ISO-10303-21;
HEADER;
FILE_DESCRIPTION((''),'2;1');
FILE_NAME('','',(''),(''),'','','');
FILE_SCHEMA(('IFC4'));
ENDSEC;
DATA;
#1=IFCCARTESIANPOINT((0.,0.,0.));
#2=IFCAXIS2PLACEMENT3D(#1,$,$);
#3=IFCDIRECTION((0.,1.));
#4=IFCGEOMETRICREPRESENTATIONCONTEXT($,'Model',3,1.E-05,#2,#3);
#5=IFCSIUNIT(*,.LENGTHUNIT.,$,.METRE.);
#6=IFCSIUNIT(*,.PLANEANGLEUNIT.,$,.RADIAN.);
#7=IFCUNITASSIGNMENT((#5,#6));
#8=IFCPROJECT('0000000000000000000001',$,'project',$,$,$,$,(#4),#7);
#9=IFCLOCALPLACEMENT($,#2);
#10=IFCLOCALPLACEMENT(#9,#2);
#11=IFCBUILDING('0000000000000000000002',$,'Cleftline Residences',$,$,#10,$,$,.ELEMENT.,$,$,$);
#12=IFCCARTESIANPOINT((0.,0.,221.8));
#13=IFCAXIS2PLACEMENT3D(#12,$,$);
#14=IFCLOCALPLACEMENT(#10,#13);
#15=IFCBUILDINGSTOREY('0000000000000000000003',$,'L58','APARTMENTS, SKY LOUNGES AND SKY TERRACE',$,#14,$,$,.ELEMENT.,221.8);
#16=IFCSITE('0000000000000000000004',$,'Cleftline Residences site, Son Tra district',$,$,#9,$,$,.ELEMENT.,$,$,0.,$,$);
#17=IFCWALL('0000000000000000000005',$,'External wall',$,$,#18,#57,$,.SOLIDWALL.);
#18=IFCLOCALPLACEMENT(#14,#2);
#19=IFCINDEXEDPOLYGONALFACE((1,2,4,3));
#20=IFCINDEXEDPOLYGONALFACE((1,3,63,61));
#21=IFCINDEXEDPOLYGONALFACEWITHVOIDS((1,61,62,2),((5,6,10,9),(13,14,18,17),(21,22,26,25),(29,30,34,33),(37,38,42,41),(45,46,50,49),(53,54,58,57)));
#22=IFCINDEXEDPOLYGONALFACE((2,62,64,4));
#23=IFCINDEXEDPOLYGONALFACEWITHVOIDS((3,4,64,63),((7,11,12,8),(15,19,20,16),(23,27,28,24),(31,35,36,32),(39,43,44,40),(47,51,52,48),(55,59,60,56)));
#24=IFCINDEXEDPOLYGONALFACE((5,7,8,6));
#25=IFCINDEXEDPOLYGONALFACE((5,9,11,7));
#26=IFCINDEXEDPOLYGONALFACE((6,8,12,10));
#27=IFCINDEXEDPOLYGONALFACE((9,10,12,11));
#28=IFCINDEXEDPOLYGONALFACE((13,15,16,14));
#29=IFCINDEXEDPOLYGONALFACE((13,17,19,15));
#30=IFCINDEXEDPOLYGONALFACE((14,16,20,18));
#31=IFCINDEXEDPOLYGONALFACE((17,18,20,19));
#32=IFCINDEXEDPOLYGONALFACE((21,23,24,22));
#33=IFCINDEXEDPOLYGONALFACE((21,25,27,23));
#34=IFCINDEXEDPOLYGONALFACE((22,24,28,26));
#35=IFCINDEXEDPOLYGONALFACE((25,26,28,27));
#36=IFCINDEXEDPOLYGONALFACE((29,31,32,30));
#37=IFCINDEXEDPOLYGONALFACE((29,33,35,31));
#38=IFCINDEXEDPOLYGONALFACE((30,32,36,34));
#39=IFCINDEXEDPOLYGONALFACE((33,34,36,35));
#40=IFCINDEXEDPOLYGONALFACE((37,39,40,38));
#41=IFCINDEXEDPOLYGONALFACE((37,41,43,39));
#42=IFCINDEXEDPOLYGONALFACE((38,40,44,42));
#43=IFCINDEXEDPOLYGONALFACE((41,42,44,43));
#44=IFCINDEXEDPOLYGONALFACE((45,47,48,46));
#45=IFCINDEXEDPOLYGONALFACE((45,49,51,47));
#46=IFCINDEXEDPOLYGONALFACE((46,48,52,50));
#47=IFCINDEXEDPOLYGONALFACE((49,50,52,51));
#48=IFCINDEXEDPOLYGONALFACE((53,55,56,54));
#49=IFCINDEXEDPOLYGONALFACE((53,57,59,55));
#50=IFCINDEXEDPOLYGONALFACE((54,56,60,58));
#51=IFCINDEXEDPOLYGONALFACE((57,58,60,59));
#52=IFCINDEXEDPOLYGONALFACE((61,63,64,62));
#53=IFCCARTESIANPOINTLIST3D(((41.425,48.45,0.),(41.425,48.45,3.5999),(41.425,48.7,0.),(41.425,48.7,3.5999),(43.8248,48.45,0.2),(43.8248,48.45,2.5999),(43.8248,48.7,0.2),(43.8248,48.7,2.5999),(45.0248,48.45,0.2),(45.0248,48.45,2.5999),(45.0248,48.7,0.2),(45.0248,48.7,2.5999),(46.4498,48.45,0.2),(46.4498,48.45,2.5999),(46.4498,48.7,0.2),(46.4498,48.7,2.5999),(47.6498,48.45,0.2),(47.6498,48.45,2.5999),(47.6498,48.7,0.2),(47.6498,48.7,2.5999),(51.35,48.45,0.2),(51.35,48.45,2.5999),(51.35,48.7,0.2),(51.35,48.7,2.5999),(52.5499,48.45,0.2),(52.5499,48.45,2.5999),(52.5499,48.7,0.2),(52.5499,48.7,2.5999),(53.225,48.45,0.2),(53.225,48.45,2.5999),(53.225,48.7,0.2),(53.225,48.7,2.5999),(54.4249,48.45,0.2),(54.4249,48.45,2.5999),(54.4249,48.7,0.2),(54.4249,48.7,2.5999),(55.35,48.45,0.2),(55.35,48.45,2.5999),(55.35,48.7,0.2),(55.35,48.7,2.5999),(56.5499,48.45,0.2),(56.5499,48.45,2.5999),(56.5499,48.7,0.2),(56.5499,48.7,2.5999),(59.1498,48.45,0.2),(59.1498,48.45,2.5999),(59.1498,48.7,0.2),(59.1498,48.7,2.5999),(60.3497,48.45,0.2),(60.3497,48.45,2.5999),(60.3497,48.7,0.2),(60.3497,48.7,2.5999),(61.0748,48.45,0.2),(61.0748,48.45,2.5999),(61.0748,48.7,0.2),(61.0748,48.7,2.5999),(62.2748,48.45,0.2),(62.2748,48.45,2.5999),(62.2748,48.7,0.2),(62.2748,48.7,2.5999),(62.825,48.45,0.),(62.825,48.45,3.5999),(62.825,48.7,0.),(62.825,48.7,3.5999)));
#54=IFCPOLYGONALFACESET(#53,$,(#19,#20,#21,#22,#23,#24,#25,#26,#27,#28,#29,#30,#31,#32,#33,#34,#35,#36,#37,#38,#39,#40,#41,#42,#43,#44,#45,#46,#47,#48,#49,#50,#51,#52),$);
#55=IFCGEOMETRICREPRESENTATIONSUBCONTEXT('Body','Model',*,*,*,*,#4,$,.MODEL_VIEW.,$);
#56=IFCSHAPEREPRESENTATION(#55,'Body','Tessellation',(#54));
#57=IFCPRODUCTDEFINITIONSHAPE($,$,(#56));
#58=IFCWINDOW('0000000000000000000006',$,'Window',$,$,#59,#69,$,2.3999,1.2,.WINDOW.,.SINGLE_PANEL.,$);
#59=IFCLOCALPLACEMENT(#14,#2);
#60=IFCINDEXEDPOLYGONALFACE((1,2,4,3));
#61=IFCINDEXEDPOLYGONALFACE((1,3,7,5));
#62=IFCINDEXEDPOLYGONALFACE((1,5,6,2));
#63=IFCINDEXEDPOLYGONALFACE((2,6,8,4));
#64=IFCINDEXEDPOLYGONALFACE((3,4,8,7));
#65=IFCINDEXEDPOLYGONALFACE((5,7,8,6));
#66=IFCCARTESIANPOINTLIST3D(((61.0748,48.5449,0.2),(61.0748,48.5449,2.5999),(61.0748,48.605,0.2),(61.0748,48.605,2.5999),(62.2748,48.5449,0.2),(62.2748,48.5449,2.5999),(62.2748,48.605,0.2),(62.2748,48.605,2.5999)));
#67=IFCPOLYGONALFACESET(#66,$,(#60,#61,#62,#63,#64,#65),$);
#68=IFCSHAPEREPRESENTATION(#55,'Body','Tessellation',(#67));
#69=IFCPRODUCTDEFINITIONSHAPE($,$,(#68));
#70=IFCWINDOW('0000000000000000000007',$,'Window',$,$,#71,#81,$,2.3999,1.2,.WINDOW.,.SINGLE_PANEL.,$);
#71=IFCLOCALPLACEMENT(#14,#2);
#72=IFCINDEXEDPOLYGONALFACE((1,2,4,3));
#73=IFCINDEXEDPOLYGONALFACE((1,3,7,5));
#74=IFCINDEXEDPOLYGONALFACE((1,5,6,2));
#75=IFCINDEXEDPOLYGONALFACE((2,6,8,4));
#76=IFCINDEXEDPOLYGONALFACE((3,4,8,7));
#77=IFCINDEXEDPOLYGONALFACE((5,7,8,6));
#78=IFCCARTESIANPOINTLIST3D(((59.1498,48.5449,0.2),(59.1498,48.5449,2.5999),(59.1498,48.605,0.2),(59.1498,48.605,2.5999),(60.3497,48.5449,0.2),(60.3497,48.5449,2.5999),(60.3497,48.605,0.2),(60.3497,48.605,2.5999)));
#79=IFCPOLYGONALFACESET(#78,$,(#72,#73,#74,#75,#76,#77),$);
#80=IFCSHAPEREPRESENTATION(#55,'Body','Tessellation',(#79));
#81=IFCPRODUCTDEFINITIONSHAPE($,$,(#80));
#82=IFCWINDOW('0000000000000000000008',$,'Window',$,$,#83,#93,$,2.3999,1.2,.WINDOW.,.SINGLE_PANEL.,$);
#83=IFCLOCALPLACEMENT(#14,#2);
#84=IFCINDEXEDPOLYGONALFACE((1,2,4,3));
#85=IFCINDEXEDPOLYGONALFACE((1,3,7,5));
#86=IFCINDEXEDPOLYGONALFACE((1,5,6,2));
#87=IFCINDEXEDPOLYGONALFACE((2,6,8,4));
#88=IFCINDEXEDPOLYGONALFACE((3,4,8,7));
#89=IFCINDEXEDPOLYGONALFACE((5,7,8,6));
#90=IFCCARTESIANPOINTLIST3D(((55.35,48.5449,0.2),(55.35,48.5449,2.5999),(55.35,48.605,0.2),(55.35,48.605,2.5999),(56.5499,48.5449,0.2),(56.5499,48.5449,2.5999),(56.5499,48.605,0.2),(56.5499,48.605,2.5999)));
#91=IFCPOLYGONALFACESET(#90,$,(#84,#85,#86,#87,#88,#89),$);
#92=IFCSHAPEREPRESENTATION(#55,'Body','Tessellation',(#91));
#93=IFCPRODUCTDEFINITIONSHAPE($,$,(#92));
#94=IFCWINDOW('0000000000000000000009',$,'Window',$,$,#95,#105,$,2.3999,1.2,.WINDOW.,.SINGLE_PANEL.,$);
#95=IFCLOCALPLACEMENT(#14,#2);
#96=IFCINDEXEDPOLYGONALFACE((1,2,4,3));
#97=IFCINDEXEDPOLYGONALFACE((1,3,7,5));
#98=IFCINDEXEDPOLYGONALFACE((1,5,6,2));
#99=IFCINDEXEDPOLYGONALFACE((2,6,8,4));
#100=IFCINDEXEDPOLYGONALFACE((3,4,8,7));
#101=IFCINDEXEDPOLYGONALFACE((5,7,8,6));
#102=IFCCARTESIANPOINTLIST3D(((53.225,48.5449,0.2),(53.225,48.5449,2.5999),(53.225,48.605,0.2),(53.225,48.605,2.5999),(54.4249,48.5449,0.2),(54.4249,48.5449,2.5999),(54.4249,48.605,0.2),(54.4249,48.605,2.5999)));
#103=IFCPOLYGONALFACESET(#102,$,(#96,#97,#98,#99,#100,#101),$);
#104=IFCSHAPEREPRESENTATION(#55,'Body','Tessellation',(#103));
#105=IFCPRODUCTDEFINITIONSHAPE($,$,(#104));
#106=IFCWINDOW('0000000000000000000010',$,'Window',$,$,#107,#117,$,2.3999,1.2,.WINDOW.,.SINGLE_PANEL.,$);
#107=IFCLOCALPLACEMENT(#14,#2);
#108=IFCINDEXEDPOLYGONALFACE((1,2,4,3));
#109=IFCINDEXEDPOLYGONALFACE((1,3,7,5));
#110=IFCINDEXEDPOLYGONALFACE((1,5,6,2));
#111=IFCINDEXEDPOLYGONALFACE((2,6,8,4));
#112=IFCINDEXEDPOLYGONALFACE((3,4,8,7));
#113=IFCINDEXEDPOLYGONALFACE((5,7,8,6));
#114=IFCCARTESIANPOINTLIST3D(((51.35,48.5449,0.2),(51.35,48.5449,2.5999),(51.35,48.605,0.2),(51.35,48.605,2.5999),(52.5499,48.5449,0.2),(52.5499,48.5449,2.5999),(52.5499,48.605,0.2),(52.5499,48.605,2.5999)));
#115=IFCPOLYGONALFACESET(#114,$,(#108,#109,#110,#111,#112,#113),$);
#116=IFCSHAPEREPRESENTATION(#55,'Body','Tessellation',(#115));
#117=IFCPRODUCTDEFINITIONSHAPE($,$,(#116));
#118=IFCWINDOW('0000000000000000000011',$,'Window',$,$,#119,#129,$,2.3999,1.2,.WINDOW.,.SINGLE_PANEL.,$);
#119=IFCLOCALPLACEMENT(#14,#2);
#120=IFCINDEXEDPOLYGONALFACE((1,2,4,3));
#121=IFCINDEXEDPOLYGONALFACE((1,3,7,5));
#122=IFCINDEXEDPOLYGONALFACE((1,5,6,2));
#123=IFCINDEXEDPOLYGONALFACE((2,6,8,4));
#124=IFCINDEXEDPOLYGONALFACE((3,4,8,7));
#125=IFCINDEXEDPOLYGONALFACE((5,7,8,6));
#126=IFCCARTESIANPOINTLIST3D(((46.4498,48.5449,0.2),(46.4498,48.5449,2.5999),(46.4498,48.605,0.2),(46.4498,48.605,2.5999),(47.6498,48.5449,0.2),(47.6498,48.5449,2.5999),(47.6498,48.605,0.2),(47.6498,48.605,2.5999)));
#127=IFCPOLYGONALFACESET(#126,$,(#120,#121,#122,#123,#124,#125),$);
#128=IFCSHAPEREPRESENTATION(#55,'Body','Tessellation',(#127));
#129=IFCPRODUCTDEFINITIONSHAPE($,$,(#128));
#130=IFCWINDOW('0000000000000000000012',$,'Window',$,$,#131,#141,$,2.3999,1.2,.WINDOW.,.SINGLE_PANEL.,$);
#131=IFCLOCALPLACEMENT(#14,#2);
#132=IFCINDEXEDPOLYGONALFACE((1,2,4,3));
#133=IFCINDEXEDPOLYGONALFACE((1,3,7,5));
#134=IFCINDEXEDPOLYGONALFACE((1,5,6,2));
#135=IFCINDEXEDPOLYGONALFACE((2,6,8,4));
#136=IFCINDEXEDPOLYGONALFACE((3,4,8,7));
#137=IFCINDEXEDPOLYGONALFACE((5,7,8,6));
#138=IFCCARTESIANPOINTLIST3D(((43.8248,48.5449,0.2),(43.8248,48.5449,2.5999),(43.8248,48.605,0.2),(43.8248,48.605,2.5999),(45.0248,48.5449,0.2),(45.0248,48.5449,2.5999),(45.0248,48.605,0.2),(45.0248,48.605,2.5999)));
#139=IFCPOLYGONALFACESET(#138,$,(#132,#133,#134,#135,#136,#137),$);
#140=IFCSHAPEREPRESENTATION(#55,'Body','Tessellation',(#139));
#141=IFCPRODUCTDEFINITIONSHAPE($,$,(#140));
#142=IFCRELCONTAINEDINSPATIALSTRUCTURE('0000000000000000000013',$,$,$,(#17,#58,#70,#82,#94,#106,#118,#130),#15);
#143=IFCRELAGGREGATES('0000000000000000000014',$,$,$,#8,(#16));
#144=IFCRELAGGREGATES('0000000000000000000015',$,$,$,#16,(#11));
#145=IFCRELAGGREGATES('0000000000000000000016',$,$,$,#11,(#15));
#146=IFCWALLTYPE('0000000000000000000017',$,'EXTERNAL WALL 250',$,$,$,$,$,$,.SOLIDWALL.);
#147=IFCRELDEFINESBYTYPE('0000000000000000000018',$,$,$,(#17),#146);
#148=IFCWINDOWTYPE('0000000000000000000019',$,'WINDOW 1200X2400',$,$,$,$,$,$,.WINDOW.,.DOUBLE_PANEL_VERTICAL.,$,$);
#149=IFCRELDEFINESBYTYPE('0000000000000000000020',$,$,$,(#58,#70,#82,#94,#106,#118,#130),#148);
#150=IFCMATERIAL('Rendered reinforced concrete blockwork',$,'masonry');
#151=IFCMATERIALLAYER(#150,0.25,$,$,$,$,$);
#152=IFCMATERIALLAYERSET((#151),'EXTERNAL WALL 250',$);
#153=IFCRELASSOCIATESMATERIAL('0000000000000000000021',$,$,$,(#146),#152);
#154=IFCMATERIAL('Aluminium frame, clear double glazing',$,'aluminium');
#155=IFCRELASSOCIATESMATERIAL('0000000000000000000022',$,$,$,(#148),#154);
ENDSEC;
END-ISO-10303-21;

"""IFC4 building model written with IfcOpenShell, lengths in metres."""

from ifc_helpers import new_model, si_unit, direction, frame, frame_2d, origin, place, context, subcontext, project, spatial, rectangle, extrude, material, layer, layer_set, type_object, element, fill, save


model = new_model("IFC4")

# Units and contexts
model_context = context("Model", 3, precision=1e-05, world=origin(), true_north=direction((0.0, 1.0)))
body_context = subcontext(model_context, "Body", "Model", "MODEL_VIEW")
ifc_project = project(units=[si_unit("LENGTHUNIT", "METRE"), si_unit("PLANEANGLEUNIT", "RADIAN")], contexts=[model_context])

# Site, building, storey
site_placement = place(None, origin())
site = spatial("IfcSite", under=ifc_project, at=site_placement, Name="Cleftline Residences site, Son Tra district", CompositionType="ELEMENT", RefElevation=0.0)
building_placement = place(site_placement, origin())
building = spatial("IfcBuilding", under=site, at=building_placement, Name="Cleftline Residences", CompositionType="ELEMENT")
storey_placement = place(building_placement, frame((0.0, 0.0, 221.8)))
storey = spatial("IfcBuildingStorey", under=building, at=storey_placement, Name="L58", Description="APARTMENTS, SKY LOUNGES AND SKY TERRACE", CompositionType="ELEMENT", Elevation=221.8)

# Shared definitions
ifc_material_1 = material(Name="Rendered reinforced concrete blockwork", Category="masonry")
ifc_layer_1 = layer(ifc_material_1, 0.25)
ifc_layer_set_1 = layer_set([ifc_layer_1], Name="EXTERNAL WALL 250")
wall_type_1 = type_object("IfcWallType", Name="EXTERNAL WALL 250", PredefinedType="SOLIDWALL", material=ifc_layer_set_1)
ifc_material_2 = material(Name="Aluminium frame, clear double glazing", Category="aluminium")
window_type_1 = type_object("IfcWindowType", Name="WINDOW 1200X2400", PartitioningType="DOUBLE_PANEL_VERTICAL", PredefinedType="WINDOW", material=ifc_material_2)

# Wall, openings, windows
wall_1_placement = place(storey_placement, frame((62.825, 48.575, 0.0), z_axis=(0.0, 0.0, 1.0), x_axis=(-1.0, 0.0, 0.0)))
wall_1 = element("IfcWall", 1, at=wall_1_placement, inside=storey, type_object=wall_type_1, Name="External wall", PredefinedType="SOLIDWALL", context=body_context, shape_type="SweptSolid", body=[
    extrude(rectangle(XDim=21.3999, YDim=0.25, at=frame_2d((10.7, 0.0))), origin(), (0.0, 0.0, 1.0), 3.5999),
])
opening_1_placement = place(wall_1_placement, frame((0.55, 0.0, 0.2)))
opening_1 = element("IfcOpeningElement", 2, at=opening_1_placement, cuts=wall_1, PredefinedType="OPENING", context=body_context, shape_type="SweptSolid", body=[
    extrude(rectangle(XDim=1.2, YDim=2.3999, at=frame_2d((0.6001, 1.2))), frame((0.0, 0.135, 0.0), z_axis=(0.0, -1.0, 0.0), x_axis=(1.0, 0.0, 0.0)), (0.0, 0.0, 1.0), 0.27),
])
opening_2_placement = place(wall_1_placement, frame((2.4751, 0.0, 0.2)))
opening_2 = element("IfcOpeningElement", 3, at=opening_2_placement, cuts=wall_1, PredefinedType="OPENING", context=body_context, shape_type="SweptSolid", body=[
    extrude(rectangle(XDim=1.2, YDim=2.3999, at=frame_2d((0.6001, 1.2))), frame((0.0, 0.135, 0.0), z_axis=(0.0, -1.0, 0.0), x_axis=(1.0, 0.0, 0.0)), (0.0, 0.0, 1.0), 0.27),
])
opening_3_placement = place(wall_1_placement, frame((6.2749, 0.0, 0.2)))
opening_3 = element("IfcOpeningElement", 4, at=opening_3_placement, cuts=wall_1, PredefinedType="OPENING", context=body_context, shape_type="SweptSolid", body=[
    extrude(rectangle(XDim=1.2, YDim=2.3999, at=frame_2d((0.6001, 1.2))), frame((0.0, 0.135, 0.0), z_axis=(0.0, -1.0, 0.0), x_axis=(1.0, 0.0, 0.0)), (0.0, 0.0, 1.0), 0.27),
])
opening_4_placement = place(wall_1_placement, frame((8.3999, 0.0, 0.2)))
opening_4 = element("IfcOpeningElement", 5, at=opening_4_placement, cuts=wall_1, PredefinedType="OPENING", context=body_context, shape_type="SweptSolid", body=[
    extrude(rectangle(XDim=1.2, YDim=2.3999, at=frame_2d((0.6001, 1.2))), frame((0.0, 0.135, 0.0), z_axis=(0.0, -1.0, 0.0), x_axis=(1.0, 0.0, 0.0)), (0.0, 0.0, 1.0), 0.27),
])
opening_5_placement = place(wall_1_placement, frame((10.2749, 0.0, 0.2)))
opening_5 = element("IfcOpeningElement", 6, at=opening_5_placement, cuts=wall_1, PredefinedType="OPENING", context=body_context, shape_type="SweptSolid", body=[
    extrude(rectangle(XDim=1.2, YDim=2.3999, at=frame_2d((0.6001, 1.2))), frame((0.0, 0.135, 0.0), z_axis=(0.0, -1.0, 0.0), x_axis=(1.0, 0.0, 0.0)), (0.0, 0.0, 1.0), 0.27),
])
opening_6_placement = place(wall_1_placement, frame((15.175, 0.0, 0.2)))
opening_6 = element("IfcOpeningElement", 7, at=opening_6_placement, cuts=wall_1, PredefinedType="OPENING", context=body_context, shape_type="SweptSolid", body=[
    extrude(rectangle(XDim=1.2, YDim=2.3999, at=frame_2d((0.6001, 1.2))), frame((0.0, 0.135, 0.0), z_axis=(0.0, -1.0, 0.0), x_axis=(1.0, 0.0, 0.0)), (0.0, 0.0, 1.0), 0.27),
])
opening_7_placement = place(wall_1_placement, frame((17.8, 0.0, 0.2)))
opening_7 = element("IfcOpeningElement", 8, at=opening_7_placement, cuts=wall_1, PredefinedType="OPENING", context=body_context, shape_type="SweptSolid", body=[
    extrude(rectangle(XDim=1.2, YDim=2.3999, at=frame_2d((0.6001, 1.2))), frame((0.0, 0.135, 0.0), z_axis=(0.0, -1.0, 0.0), x_axis=(1.0, 0.0, 0.0)), (0.0, 0.0, 1.0), 0.27),
])
window_1_placement = place(opening_1_placement, origin())
window_1 = element("IfcWindow", 9, at=window_1_placement, inside=storey, type_object=window_type_1, Name="Window", OverallHeight=2.3999, OverallWidth=1.2, PartitioningType="SINGLE_PANEL", PredefinedType="WINDOW", context=body_context, shape_type="SweptSolid", body=[
    extrude(rectangle(XDim=1.2, YDim=2.3999, at=frame_2d((0.6001, 1.2))), frame((0.0, 0.03, 0.0), z_axis=(0.0, -1.0, 0.0), x_axis=(1.0, 0.0, 0.0)), (0.0, 0.0, 1.0), 0.0601),
])
fill(opening_1, window_1)
window_2_placement = place(opening_2_placement, origin())
window_2 = element("IfcWindow", 10, at=window_2_placement, inside=storey, type_object=window_type_1, Name="Window", OverallHeight=2.3999, OverallWidth=1.2, PartitioningType="SINGLE_PANEL", PredefinedType="WINDOW", context=body_context, shape_type="SweptSolid", body=[
    extrude(rectangle(XDim=1.2, YDim=2.3999, at=frame_2d((0.6001, 1.2))), frame((0.0, 0.03, 0.0), z_axis=(0.0, -1.0, 0.0), x_axis=(1.0, 0.0, 0.0)), (0.0, 0.0, 1.0), 0.0601),
])
fill(opening_2, window_2)
window_3_placement = place(opening_3_placement, origin())
window_3 = element("IfcWindow", 11, at=window_3_placement, inside=storey, type_object=window_type_1, Name="Window", OverallHeight=2.3999, OverallWidth=1.2, PartitioningType="SINGLE_PANEL", PredefinedType="WINDOW", context=body_context, shape_type="SweptSolid", body=[
    extrude(rectangle(XDim=1.2, YDim=2.3999, at=frame_2d((0.6001, 1.2))), frame((0.0, 0.03, 0.0), z_axis=(0.0, -1.0, 0.0), x_axis=(1.0, 0.0, 0.0)), (0.0, 0.0, 1.0), 0.0601),
])
fill(opening_3, window_3)
window_4_placement = place(opening_4_placement, origin())
window_4 = element("IfcWindow", 12, at=window_4_placement, inside=storey, type_object=window_type_1, Name="Window", OverallHeight=2.3999, OverallWidth=1.2, PartitioningType="SINGLE_PANEL", PredefinedType="WINDOW", context=body_context, shape_type="SweptSolid", body=[
    extrude(rectangle(XDim=1.2, YDim=2.3999, at=frame_2d((0.6001, 1.2))), frame((0.0, 0.03, 0.0), z_axis=(0.0, -1.0, 0.0), x_axis=(1.0, 0.0, 0.0)), (0.0, 0.0, 1.0), 0.0601),
])
fill(opening_4, window_4)
window_5_placement = place(opening_5_placement, origin())
window_5 = element("IfcWindow", 13, at=window_5_placement, inside=storey, type_object=window_type_1, Name="Window", OverallHeight=2.3999, OverallWidth=1.2, PartitioningType="SINGLE_PANEL", PredefinedType="WINDOW", context=body_context, shape_type="SweptSolid", body=[
    extrude(rectangle(XDim=1.2, YDim=2.3999, at=frame_2d((0.6001, 1.2))), frame((0.0, 0.03, 0.0), z_axis=(0.0, -1.0, 0.0), x_axis=(1.0, 0.0, 0.0)), (0.0, 0.0, 1.0), 0.0601),
])
fill(opening_5, window_5)
window_6_placement = place(opening_6_placement, origin())
window_6 = element("IfcWindow", 14, at=window_6_placement, inside=storey, type_object=window_type_1, Name="Window", OverallHeight=2.3999, OverallWidth=1.2, PartitioningType="SINGLE_PANEL", PredefinedType="WINDOW", context=body_context, shape_type="SweptSolid", body=[
    extrude(rectangle(XDim=1.2, YDim=2.3999, at=frame_2d((0.6001, 1.2))), frame((0.0, 0.03, 0.0), z_axis=(0.0, -1.0, 0.0), x_axis=(1.0, 0.0, 0.0)), (0.0, 0.0, 1.0), 0.0601),
])
fill(opening_6, window_6)
window_7_placement = place(opening_7_placement, origin())
window_7 = element("IfcWindow", 15, at=window_7_placement, inside=storey, type_object=window_type_1, Name="Window", OverallHeight=2.3999, OverallWidth=1.2, PartitioningType="SINGLE_PANEL", PredefinedType="WINDOW", context=body_context, shape_type="SweptSolid", body=[
    extrude(rectangle(XDim=1.2, YDim=2.3999, at=frame_2d((0.6001, 1.2))), frame((0.0, 0.03, 0.0), z_axis=(0.0, -1.0, 0.0), x_axis=(1.0, 0.0, 0.0)), (0.0, 0.0, 1.0), 0.0601),
])
fill(opening_7, window_7)

save(model, "model.ifc")
